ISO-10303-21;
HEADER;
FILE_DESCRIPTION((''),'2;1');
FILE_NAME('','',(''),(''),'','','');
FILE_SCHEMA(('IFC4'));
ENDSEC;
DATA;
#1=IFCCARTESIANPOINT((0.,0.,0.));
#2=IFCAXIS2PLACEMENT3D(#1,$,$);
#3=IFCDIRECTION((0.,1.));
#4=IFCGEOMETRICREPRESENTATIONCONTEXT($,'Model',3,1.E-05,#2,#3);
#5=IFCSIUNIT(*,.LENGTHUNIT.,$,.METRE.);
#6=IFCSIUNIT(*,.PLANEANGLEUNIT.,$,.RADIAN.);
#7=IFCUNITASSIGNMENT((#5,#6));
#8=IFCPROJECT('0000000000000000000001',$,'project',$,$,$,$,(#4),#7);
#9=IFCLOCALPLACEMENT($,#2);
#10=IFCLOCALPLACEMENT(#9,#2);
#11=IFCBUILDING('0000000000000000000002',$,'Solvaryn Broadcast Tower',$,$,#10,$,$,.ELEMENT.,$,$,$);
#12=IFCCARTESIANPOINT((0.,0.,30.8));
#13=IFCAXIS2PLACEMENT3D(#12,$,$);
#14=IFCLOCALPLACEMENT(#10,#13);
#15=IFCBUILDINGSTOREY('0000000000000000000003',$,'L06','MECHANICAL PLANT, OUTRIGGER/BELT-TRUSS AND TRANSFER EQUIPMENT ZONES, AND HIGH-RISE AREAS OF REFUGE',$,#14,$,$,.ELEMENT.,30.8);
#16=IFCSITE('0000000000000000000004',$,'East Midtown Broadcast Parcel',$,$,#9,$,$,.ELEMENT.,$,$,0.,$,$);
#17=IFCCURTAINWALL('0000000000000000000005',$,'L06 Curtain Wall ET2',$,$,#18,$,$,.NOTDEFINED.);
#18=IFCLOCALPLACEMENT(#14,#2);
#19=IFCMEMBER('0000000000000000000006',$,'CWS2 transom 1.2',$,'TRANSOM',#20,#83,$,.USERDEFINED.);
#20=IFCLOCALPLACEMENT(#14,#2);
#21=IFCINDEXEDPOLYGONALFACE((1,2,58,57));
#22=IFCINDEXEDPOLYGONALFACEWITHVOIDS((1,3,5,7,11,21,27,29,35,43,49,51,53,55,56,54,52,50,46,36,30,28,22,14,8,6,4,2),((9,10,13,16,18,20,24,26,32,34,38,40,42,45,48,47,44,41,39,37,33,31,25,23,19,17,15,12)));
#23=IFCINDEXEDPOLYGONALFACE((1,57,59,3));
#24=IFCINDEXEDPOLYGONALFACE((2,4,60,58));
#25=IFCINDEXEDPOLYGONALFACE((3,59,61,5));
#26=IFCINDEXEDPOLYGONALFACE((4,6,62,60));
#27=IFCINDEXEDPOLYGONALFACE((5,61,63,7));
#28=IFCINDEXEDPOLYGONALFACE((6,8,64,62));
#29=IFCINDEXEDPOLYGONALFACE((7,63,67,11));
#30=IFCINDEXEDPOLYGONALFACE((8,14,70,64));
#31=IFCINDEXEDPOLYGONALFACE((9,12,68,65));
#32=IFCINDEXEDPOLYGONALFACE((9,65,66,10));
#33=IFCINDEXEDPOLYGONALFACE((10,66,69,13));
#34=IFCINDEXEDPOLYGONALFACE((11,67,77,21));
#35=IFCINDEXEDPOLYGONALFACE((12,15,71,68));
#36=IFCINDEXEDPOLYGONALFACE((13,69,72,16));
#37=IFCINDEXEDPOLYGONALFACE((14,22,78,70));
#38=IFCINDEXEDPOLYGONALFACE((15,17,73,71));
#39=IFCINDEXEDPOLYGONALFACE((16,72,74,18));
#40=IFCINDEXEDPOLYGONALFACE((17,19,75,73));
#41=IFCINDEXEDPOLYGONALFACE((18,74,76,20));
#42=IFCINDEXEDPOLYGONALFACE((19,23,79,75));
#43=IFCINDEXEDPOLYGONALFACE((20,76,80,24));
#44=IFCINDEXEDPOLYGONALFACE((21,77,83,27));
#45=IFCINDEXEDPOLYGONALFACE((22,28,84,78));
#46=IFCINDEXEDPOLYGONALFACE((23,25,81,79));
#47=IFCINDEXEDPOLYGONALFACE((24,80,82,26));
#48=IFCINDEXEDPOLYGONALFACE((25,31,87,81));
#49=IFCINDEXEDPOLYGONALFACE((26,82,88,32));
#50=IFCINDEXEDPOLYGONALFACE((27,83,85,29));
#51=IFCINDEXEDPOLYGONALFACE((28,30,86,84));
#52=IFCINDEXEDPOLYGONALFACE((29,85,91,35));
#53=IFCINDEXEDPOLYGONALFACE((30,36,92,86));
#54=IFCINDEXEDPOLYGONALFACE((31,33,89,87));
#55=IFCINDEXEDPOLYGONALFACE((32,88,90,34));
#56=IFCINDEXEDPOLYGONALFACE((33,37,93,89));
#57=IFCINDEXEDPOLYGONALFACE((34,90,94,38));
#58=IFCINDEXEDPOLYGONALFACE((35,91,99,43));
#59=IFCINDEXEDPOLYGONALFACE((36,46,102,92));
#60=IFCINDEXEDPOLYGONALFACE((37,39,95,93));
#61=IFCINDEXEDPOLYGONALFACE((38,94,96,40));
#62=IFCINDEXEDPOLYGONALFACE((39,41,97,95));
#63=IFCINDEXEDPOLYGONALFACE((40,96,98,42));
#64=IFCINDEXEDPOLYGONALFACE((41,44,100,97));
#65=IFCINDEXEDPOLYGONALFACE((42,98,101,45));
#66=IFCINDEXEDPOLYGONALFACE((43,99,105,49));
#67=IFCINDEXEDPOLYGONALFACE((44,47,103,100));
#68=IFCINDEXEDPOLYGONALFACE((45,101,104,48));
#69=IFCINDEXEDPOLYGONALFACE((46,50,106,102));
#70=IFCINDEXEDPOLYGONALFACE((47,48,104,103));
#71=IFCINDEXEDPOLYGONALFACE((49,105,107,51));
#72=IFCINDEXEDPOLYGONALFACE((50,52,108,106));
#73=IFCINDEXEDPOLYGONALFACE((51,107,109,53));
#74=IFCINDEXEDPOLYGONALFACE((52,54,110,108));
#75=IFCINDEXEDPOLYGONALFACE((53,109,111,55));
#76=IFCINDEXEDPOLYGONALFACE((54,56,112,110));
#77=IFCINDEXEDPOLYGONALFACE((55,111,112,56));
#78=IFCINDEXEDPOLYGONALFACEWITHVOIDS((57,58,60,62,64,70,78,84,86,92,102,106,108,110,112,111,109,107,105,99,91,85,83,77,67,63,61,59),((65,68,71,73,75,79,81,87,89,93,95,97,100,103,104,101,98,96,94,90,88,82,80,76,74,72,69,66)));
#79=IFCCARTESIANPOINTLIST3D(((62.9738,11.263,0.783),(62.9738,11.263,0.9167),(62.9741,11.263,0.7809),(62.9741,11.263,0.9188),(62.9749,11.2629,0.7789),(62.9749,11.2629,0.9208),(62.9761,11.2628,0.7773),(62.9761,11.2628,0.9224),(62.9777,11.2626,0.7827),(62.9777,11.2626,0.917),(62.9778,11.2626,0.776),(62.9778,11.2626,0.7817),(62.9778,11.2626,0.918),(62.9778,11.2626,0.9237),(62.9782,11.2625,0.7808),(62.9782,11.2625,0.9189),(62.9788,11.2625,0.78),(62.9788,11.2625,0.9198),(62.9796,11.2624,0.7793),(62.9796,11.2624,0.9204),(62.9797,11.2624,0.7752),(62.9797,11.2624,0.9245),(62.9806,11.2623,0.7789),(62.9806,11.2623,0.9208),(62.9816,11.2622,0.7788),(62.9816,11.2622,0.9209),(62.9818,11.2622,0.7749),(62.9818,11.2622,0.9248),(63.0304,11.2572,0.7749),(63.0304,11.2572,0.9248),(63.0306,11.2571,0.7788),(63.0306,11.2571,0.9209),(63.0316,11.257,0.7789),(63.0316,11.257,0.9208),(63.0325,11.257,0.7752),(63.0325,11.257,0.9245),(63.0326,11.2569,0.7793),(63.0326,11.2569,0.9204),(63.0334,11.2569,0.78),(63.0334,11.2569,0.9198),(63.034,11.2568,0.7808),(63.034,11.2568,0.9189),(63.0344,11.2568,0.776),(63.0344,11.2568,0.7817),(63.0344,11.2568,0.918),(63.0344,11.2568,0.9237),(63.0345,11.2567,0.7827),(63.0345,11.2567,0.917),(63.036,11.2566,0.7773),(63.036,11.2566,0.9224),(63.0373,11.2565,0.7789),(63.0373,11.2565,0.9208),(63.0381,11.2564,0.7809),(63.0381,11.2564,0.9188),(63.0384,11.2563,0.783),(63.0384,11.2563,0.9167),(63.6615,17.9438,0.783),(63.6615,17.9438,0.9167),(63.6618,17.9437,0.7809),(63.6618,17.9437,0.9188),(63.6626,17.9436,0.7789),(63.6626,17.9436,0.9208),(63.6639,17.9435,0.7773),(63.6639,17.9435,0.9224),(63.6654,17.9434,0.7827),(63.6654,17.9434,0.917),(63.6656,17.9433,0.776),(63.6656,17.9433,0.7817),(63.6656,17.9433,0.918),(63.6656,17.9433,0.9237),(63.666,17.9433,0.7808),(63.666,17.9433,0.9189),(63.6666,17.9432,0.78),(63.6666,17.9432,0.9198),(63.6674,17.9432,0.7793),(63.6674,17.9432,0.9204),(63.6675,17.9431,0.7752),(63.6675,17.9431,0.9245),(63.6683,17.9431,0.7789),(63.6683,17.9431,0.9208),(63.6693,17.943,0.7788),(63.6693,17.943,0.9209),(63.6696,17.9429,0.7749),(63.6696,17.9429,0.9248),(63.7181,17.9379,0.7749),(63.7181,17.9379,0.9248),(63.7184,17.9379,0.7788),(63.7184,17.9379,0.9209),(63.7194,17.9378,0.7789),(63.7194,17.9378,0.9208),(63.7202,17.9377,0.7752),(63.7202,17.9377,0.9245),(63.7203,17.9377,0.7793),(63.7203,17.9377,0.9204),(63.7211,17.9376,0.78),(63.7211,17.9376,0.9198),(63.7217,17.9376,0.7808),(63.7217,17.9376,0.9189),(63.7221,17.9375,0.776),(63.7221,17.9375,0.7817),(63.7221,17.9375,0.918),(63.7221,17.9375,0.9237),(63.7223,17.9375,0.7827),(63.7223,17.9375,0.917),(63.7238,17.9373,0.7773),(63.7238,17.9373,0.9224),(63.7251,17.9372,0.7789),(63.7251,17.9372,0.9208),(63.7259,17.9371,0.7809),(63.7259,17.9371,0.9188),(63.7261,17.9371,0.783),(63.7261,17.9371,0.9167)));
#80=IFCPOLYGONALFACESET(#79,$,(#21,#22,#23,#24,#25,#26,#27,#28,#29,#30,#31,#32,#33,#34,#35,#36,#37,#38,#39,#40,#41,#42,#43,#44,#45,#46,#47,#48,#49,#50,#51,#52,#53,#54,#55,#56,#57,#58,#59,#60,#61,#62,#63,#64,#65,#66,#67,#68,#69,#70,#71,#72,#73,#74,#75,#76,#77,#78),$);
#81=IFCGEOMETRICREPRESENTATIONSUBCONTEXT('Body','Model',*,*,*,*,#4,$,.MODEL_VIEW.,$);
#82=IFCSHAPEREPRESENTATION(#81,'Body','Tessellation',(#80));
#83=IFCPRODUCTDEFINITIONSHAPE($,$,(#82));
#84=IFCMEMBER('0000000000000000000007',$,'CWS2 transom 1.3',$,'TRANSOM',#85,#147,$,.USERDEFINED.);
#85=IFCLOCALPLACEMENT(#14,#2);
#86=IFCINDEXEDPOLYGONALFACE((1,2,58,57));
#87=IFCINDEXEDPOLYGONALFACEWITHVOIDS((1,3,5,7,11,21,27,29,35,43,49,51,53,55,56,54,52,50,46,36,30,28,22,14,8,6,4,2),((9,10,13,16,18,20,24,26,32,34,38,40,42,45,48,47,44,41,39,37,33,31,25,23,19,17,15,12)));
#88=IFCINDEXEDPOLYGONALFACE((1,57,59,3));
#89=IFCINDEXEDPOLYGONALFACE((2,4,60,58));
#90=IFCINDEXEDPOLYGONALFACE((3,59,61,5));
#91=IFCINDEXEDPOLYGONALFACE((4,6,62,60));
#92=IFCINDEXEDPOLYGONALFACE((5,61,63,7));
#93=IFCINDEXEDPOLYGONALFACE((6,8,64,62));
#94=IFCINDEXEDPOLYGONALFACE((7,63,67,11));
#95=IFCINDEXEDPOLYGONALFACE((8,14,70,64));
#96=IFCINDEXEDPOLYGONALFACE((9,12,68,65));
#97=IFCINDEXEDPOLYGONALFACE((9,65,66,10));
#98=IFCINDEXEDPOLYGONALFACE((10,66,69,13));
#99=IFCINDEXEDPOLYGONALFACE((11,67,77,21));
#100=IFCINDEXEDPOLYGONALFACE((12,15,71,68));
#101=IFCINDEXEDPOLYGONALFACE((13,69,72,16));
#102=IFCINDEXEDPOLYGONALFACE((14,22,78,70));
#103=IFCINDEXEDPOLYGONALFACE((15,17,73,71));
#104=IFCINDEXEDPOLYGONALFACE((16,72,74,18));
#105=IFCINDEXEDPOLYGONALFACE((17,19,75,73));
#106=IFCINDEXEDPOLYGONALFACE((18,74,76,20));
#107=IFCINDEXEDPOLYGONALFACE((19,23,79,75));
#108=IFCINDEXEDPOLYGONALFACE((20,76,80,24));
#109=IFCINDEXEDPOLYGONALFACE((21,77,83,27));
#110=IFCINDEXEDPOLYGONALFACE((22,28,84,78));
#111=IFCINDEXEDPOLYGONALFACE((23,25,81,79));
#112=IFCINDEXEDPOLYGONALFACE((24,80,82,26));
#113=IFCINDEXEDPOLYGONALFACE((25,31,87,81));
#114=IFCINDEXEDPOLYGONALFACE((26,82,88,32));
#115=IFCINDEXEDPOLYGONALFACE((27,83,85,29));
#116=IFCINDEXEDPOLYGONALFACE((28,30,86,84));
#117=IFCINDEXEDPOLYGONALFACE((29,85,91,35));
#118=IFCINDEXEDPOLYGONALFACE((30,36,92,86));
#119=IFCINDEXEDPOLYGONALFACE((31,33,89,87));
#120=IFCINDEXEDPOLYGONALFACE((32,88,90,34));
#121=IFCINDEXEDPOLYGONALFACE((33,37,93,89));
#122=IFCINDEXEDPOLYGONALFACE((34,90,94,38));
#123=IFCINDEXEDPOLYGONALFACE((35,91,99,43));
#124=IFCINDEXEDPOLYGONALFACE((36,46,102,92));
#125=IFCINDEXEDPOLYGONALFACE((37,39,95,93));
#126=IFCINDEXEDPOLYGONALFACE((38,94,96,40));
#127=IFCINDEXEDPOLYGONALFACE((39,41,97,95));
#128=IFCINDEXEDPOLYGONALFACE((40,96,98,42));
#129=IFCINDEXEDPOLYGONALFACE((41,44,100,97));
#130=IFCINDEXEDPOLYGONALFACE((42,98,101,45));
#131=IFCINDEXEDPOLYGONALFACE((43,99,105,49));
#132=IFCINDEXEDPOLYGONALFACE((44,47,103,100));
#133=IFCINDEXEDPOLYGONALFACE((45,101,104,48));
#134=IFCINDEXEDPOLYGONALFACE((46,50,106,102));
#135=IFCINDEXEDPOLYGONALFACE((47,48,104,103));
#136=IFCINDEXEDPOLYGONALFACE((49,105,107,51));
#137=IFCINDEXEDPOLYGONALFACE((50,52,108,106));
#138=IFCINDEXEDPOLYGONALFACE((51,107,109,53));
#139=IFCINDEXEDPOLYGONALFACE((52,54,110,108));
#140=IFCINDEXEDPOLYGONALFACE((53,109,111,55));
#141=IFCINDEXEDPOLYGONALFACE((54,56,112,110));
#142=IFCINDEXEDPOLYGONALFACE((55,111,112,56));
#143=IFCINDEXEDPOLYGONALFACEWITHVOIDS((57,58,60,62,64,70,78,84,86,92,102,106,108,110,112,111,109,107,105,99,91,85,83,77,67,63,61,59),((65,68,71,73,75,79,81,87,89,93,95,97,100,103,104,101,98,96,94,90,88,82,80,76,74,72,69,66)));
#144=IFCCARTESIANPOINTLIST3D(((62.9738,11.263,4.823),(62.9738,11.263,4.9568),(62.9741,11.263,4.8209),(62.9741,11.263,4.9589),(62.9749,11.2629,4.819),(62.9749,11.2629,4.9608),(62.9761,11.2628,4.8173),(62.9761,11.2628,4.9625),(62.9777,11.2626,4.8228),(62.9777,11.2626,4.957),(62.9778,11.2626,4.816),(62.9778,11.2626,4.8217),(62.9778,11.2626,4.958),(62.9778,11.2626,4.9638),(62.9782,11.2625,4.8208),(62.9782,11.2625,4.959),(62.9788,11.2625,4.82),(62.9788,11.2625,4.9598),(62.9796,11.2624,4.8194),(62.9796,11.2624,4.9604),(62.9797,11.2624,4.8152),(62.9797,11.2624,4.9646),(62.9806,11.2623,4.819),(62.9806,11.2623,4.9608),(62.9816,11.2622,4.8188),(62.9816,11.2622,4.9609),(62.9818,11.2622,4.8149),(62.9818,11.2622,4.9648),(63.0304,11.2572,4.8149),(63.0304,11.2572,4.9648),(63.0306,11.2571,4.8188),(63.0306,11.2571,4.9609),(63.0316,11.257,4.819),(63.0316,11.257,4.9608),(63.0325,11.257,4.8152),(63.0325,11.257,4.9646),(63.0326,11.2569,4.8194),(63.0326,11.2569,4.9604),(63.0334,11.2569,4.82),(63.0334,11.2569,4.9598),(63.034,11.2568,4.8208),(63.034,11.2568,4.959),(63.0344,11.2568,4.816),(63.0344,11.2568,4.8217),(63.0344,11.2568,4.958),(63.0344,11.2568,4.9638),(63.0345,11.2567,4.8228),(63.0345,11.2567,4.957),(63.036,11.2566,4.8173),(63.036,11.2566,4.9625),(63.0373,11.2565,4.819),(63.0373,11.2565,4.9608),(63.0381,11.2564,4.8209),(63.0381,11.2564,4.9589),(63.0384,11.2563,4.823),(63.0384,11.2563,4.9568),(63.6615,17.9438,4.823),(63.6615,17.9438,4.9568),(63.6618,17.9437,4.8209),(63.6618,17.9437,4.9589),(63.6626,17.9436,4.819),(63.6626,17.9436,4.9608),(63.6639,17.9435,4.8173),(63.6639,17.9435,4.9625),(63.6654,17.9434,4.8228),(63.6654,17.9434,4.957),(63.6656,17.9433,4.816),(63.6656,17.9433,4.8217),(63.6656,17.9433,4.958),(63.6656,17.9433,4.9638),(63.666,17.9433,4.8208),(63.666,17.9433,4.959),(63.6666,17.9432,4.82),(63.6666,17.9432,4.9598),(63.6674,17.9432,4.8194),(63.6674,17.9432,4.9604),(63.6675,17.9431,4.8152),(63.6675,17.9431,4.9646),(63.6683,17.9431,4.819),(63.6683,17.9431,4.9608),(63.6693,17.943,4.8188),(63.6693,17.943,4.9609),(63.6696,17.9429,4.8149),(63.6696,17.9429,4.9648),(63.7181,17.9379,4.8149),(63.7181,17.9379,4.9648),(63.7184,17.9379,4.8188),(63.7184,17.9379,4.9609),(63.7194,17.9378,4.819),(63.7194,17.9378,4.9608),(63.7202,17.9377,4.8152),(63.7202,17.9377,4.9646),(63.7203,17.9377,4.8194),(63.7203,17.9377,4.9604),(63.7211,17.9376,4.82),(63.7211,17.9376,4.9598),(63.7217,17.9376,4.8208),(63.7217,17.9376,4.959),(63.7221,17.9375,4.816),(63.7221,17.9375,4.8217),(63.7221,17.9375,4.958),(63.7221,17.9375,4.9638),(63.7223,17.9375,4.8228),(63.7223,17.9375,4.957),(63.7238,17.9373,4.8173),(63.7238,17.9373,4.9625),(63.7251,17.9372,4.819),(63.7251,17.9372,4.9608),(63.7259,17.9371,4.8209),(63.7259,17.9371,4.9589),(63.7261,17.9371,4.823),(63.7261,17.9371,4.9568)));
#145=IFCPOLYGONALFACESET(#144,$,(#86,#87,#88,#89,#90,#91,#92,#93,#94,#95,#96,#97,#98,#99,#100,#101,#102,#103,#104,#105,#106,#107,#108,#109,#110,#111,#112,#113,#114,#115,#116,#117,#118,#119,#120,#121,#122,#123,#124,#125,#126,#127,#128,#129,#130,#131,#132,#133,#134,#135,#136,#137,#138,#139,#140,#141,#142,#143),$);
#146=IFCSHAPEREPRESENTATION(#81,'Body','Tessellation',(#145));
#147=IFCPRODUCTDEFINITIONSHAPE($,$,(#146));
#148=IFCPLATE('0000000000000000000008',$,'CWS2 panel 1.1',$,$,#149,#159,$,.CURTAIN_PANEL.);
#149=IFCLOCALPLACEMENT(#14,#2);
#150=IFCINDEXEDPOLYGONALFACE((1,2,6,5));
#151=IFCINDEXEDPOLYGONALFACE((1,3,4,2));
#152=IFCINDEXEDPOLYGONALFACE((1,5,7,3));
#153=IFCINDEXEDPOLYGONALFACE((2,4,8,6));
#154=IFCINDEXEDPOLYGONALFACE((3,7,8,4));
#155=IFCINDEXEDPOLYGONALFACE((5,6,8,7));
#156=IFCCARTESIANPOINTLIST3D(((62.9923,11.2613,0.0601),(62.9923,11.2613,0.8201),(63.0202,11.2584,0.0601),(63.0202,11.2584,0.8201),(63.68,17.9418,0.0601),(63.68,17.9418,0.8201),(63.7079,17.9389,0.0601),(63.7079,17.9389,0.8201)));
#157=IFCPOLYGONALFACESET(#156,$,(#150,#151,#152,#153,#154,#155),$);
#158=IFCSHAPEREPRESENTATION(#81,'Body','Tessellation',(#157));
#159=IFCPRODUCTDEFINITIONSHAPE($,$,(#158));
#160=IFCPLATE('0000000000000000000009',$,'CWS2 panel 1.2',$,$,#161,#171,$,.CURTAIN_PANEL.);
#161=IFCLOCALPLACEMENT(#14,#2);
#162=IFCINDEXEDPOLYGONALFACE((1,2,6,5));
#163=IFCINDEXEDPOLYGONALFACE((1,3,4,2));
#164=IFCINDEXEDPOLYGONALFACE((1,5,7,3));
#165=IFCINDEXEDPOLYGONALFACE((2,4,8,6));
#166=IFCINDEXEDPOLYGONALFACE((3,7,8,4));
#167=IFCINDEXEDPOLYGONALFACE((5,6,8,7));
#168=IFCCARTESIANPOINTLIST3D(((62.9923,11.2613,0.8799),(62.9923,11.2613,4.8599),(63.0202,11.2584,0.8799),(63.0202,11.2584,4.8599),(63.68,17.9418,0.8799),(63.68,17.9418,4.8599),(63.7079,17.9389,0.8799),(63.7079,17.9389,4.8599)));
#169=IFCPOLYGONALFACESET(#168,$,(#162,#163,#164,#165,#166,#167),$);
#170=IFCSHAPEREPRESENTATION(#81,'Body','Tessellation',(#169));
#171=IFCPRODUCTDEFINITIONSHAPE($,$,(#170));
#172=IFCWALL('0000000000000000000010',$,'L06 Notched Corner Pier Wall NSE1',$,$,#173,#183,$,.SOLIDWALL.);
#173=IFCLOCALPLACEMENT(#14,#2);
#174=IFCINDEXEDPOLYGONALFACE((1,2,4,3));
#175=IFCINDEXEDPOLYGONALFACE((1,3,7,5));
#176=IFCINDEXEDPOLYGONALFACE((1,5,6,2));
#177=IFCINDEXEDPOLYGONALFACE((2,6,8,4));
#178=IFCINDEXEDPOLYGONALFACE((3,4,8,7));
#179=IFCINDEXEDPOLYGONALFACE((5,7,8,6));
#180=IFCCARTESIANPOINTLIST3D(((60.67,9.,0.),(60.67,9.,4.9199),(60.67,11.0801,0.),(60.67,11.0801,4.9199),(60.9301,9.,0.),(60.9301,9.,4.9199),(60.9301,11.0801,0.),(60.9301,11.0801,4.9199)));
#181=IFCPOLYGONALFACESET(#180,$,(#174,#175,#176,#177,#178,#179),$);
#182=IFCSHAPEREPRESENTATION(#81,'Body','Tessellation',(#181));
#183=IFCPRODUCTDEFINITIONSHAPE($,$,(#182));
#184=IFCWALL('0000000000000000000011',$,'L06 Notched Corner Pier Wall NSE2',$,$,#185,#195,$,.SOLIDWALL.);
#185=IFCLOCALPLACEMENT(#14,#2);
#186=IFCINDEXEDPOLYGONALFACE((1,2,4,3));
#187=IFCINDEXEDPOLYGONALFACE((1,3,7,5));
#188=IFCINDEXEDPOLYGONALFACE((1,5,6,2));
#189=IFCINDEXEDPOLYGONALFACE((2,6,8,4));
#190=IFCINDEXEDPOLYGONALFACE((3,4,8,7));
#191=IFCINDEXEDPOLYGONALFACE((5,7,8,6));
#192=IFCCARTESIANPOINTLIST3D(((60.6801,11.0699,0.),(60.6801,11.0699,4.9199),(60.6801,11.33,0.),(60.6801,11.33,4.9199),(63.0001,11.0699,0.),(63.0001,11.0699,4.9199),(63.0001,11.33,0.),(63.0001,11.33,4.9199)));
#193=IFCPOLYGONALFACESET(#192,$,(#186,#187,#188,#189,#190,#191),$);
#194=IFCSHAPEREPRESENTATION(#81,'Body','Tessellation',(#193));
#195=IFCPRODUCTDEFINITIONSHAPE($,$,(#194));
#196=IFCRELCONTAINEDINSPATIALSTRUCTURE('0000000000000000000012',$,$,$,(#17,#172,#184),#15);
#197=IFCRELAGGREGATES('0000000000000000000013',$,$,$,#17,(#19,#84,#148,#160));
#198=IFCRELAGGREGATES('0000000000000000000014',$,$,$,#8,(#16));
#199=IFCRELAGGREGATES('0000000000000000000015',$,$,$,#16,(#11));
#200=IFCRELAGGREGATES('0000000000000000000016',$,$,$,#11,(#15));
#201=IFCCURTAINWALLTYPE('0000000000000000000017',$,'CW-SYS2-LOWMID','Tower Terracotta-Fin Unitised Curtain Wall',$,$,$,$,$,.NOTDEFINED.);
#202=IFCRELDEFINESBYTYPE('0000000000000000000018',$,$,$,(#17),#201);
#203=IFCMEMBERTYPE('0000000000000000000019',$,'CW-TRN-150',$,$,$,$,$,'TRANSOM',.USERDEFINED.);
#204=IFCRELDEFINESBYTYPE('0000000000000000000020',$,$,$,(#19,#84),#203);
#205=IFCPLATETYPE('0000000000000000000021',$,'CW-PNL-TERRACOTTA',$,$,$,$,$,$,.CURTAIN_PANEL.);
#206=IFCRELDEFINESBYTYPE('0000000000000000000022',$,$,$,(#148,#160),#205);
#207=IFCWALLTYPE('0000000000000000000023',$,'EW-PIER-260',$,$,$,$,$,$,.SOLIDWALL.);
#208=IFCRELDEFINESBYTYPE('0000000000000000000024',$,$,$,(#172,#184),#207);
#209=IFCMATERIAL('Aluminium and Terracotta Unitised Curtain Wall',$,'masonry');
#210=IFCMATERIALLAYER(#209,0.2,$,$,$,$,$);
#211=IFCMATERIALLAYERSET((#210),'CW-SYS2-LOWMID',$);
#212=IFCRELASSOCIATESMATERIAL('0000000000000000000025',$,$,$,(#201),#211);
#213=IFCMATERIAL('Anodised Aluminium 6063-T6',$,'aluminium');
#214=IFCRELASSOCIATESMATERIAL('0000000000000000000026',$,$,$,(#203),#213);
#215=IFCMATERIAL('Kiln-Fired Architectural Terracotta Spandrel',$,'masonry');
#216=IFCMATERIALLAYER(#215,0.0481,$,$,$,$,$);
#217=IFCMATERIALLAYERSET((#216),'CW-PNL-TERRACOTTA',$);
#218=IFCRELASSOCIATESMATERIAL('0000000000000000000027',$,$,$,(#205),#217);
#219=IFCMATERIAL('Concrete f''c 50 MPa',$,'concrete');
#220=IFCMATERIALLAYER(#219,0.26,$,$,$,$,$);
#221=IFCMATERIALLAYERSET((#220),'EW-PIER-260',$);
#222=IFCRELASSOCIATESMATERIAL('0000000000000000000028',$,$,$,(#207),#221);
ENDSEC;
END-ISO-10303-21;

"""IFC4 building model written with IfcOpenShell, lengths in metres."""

from ifc_helpers import new_model, si_unit, direction, frame, frame_2d, origin, origin_2d, place, context, subcontext, project, spatial, rectangle, hollow_rectangle, extrude, material, layer, layer_set, material_profile, profile_set, type_object, element, aggregate, save


model = new_model("IFC4")

# Units and contexts
model_context = context("Model", 3, precision=1e-05, world=origin(), true_north=direction((0.0, 1.0)))
body_context = subcontext(model_context, "Body", "Model", "MODEL_VIEW")
ifc_project = project(units=[si_unit("LENGTHUNIT", "METRE"), si_unit("PLANEANGLEUNIT", "RADIAN")], contexts=[model_context])

# Site, building, storey
site_placement = place(None, origin())
site = spatial("IfcSite", under=ifc_project, at=site_placement, Name="East Midtown Broadcast Parcel", CompositionType="ELEMENT", RefElevation=0.0)
building_placement = place(site_placement, origin())
building = spatial("IfcBuilding", under=site, at=building_placement, Name="Solvaryn Broadcast Tower", CompositionType="ELEMENT")
storey_placement = place(building_placement, frame((0.0, 0.0, 30.8)))
storey = spatial("IfcBuildingStorey", under=building, at=storey_placement, Name="L06", Description="MECHANICAL PLANT, OUTRIGGER/BELT-TRUSS AND TRANSFER EQUIPMENT ZONES, AND HIGH-RISE AREAS OF REFUGE", CompositionType="ELEMENT", Elevation=30.8)

# Curtain wall, members, plates
ifc_material_1 = material(Name="Aluminium and Terracotta Unitised Curtain Wall", Category="masonry")
ifc_layer_1 = layer(ifc_material_1, 0.2)
ifc_layer_set_1 = layer_set([ifc_layer_1], Name="CW-SYS2-LOWMID")
curtain_wall_type = type_object("IfcCurtainWallType", Name="CW-SYS2-LOWMID", Description="Tower Terracotta-Fin Unitised Curtain Wall", PredefinedType="NOTDEFINED", material=ifc_layer_set_1)
curtain_wall_placement = place(storey_placement, origin())
curtain_wall = element("IfcCurtainWall", 1, at=curtain_wall_placement, inside=storey, type_object=curtain_wall_type, Name="L06 Curtain Wall ET2", PredefinedType="NOTDEFINED")
ifc_material_2 = material(Name="Anodised Aluminium 6063-T6", Category="aluminium")
ifc_material_profile_1 = material_profile(ifc_material_2, hollow_rectangle(XDim=0.0649, YDim=0.1499, WallThickness=0.0039, InnerFilletRadius=0.0039, OuterFilletRadius=0.0081, at=origin_2d()))
ifc_profile_set_1 = profile_set([ifc_material_profile_1], Name="Anodised Aluminium 6063-T6")
member_type_1 = type_object("IfcMemberType", Name="CW-TRN-150", ElementType="TRANSOM", PredefinedType="USERDEFINED", material=ifc_profile_set_1)
member_1_placement = place(storey_placement, frame((63.6938, 17.9404, 0.8499), z_axis=(-0.102404, -0.994743, 0.0), x_axis=(0.994743, -0.102404, 0.0)))
member_1 = element("IfcMember", 2, at=member_1_placement, type_object=member_type_1, Name="CWS2 transom 1.2", ObjectType="TRANSOM", PredefinedType="USERDEFINED", context=body_context, shape_type="SweptSolid", body=[
    extrude(hollow_rectangle(XDim=0.0649, YDim=0.1499, WallThickness=0.0039, InnerFilletRadius=0.0039, OuterFilletRadius=0.0081, at=origin_2d()), origin(), (0.0, 0.0, 1.0), 6.7161),
])
member_2_placement = place(storey_placement, frame((63.6938, 17.9404, 4.8899), z_axis=(-0.102404, -0.994743, 0.0), x_axis=(0.994743, -0.102404, 0.0)))
member_2 = element("IfcMember", 3, at=member_2_placement, type_object=member_type_1, Name="CWS2 transom 1.3", ObjectType="TRANSOM", PredefinedType="USERDEFINED", context=body_context, shape_type="SweptSolid", body=[
    extrude(hollow_rectangle(XDim=0.0649, YDim=0.1499, WallThickness=0.0039, InnerFilletRadius=0.0039, OuterFilletRadius=0.0081, at=origin_2d()), origin(), (0.0, 0.0, 1.0), 6.7161),
])
ifc_material_3 = material(Name="Kiln-Fired Architectural Terracotta Spandrel", Category="masonry")
ifc_layer_2 = layer(ifc_material_3, 0.0481)
ifc_layer_set_2 = layer_set([ifc_layer_2], Name="CW-PNL-TERRACOTTA")
plate_type = type_object("IfcPlateType", Name="CW-PNL-TERRACOTTA", PredefinedType="CURTAIN_PANEL", material=ifc_layer_set_2)
plate_1_placement = place(storey_placement, frame((63.3501, 14.6001, 0.0601), z_axis=(0.0, 0.0, 1.0), x_axis=(-0.1024, -0.994743, 0.0)))
plate_1 = element("IfcPlate", 4, at=plate_1_placement, type_object=plate_type, Name="CWS2 panel 1.1", PredefinedType="CURTAIN_PANEL", context=body_context, shape_type="SweptSolid", body=[
    extrude(rectangle(XDim=6.7158, YDim=0.0281, at=origin_2d()), origin(), (0.0, 0.0, 1.0), 0.76),
])
plate_2_placement = place(storey_placement, frame((63.3501, 14.6001, 0.8799), z_axis=(0.0, 0.0, 1.0), x_axis=(-0.1024, -0.994743, 0.0)))
plate_2 = element("IfcPlate", 5, at=plate_2_placement, type_object=plate_type, Name="CWS2 panel 1.2", PredefinedType="CURTAIN_PANEL", context=body_context, shape_type="SweptSolid", body=[
    extrude(rectangle(XDim=6.7158, YDim=0.0281, at=origin_2d()), origin(), (0.0, 0.0, 1.0), 3.98),
])
aggregate(curtain_wall, [member_1, member_2, plate_1, plate_2])

# Walls
ifc_material_4 = material(Name="Concrete f'c 50 MPa", Category="concrete")
ifc_layer_3 = layer(ifc_material_4, 0.26)
ifc_layer_set_3 = layer_set([ifc_layer_3], Name="EW-PIER-260")
wall_type_1 = type_object("IfcWallType", Name="EW-PIER-260", PredefinedType="SOLIDWALL", material=ifc_layer_set_3)
wall_1_placement = place(storey_placement, frame((60.8, 9.0, 0.0), z_axis=(0.0, 0.0, 1.0), x_axis=(0.0, 1.0, 0.0)))
element("IfcWall", 6, at=wall_1_placement, inside=storey, type_object=wall_type_1, Name="L06 Notched Corner Pier Wall NSE1", PredefinedType="SOLIDWALL", context=body_context, shape_type="SweptSolid", body=[
    extrude(rectangle(XDim=2.0801, YDim=0.26, at=frame_2d((1.04, 0.0))), origin(), (0.0, 0.0, 1.0), 4.9199),
])
wall_2_placement = place(storey_placement, frame((60.6799, 11.2, 0.0), z_axis=(0.0, 0.0, 1.0), x_axis=(1.0, 0.0, 0.0)))
element("IfcWall", 7, at=wall_2_placement, inside=storey, type_object=wall_type_1, Name="L06 Notched Corner Pier Wall NSE2", PredefinedType="SOLIDWALL", context=body_context, shape_type="SweptSolid", body=[
    extrude(rectangle(XDim=2.3201, YDim=0.26, at=frame_2d((1.1602, 0.0))), origin(), (0.0, 0.0, 1.0), 4.9199),
])

save(model, "model.ifc")
